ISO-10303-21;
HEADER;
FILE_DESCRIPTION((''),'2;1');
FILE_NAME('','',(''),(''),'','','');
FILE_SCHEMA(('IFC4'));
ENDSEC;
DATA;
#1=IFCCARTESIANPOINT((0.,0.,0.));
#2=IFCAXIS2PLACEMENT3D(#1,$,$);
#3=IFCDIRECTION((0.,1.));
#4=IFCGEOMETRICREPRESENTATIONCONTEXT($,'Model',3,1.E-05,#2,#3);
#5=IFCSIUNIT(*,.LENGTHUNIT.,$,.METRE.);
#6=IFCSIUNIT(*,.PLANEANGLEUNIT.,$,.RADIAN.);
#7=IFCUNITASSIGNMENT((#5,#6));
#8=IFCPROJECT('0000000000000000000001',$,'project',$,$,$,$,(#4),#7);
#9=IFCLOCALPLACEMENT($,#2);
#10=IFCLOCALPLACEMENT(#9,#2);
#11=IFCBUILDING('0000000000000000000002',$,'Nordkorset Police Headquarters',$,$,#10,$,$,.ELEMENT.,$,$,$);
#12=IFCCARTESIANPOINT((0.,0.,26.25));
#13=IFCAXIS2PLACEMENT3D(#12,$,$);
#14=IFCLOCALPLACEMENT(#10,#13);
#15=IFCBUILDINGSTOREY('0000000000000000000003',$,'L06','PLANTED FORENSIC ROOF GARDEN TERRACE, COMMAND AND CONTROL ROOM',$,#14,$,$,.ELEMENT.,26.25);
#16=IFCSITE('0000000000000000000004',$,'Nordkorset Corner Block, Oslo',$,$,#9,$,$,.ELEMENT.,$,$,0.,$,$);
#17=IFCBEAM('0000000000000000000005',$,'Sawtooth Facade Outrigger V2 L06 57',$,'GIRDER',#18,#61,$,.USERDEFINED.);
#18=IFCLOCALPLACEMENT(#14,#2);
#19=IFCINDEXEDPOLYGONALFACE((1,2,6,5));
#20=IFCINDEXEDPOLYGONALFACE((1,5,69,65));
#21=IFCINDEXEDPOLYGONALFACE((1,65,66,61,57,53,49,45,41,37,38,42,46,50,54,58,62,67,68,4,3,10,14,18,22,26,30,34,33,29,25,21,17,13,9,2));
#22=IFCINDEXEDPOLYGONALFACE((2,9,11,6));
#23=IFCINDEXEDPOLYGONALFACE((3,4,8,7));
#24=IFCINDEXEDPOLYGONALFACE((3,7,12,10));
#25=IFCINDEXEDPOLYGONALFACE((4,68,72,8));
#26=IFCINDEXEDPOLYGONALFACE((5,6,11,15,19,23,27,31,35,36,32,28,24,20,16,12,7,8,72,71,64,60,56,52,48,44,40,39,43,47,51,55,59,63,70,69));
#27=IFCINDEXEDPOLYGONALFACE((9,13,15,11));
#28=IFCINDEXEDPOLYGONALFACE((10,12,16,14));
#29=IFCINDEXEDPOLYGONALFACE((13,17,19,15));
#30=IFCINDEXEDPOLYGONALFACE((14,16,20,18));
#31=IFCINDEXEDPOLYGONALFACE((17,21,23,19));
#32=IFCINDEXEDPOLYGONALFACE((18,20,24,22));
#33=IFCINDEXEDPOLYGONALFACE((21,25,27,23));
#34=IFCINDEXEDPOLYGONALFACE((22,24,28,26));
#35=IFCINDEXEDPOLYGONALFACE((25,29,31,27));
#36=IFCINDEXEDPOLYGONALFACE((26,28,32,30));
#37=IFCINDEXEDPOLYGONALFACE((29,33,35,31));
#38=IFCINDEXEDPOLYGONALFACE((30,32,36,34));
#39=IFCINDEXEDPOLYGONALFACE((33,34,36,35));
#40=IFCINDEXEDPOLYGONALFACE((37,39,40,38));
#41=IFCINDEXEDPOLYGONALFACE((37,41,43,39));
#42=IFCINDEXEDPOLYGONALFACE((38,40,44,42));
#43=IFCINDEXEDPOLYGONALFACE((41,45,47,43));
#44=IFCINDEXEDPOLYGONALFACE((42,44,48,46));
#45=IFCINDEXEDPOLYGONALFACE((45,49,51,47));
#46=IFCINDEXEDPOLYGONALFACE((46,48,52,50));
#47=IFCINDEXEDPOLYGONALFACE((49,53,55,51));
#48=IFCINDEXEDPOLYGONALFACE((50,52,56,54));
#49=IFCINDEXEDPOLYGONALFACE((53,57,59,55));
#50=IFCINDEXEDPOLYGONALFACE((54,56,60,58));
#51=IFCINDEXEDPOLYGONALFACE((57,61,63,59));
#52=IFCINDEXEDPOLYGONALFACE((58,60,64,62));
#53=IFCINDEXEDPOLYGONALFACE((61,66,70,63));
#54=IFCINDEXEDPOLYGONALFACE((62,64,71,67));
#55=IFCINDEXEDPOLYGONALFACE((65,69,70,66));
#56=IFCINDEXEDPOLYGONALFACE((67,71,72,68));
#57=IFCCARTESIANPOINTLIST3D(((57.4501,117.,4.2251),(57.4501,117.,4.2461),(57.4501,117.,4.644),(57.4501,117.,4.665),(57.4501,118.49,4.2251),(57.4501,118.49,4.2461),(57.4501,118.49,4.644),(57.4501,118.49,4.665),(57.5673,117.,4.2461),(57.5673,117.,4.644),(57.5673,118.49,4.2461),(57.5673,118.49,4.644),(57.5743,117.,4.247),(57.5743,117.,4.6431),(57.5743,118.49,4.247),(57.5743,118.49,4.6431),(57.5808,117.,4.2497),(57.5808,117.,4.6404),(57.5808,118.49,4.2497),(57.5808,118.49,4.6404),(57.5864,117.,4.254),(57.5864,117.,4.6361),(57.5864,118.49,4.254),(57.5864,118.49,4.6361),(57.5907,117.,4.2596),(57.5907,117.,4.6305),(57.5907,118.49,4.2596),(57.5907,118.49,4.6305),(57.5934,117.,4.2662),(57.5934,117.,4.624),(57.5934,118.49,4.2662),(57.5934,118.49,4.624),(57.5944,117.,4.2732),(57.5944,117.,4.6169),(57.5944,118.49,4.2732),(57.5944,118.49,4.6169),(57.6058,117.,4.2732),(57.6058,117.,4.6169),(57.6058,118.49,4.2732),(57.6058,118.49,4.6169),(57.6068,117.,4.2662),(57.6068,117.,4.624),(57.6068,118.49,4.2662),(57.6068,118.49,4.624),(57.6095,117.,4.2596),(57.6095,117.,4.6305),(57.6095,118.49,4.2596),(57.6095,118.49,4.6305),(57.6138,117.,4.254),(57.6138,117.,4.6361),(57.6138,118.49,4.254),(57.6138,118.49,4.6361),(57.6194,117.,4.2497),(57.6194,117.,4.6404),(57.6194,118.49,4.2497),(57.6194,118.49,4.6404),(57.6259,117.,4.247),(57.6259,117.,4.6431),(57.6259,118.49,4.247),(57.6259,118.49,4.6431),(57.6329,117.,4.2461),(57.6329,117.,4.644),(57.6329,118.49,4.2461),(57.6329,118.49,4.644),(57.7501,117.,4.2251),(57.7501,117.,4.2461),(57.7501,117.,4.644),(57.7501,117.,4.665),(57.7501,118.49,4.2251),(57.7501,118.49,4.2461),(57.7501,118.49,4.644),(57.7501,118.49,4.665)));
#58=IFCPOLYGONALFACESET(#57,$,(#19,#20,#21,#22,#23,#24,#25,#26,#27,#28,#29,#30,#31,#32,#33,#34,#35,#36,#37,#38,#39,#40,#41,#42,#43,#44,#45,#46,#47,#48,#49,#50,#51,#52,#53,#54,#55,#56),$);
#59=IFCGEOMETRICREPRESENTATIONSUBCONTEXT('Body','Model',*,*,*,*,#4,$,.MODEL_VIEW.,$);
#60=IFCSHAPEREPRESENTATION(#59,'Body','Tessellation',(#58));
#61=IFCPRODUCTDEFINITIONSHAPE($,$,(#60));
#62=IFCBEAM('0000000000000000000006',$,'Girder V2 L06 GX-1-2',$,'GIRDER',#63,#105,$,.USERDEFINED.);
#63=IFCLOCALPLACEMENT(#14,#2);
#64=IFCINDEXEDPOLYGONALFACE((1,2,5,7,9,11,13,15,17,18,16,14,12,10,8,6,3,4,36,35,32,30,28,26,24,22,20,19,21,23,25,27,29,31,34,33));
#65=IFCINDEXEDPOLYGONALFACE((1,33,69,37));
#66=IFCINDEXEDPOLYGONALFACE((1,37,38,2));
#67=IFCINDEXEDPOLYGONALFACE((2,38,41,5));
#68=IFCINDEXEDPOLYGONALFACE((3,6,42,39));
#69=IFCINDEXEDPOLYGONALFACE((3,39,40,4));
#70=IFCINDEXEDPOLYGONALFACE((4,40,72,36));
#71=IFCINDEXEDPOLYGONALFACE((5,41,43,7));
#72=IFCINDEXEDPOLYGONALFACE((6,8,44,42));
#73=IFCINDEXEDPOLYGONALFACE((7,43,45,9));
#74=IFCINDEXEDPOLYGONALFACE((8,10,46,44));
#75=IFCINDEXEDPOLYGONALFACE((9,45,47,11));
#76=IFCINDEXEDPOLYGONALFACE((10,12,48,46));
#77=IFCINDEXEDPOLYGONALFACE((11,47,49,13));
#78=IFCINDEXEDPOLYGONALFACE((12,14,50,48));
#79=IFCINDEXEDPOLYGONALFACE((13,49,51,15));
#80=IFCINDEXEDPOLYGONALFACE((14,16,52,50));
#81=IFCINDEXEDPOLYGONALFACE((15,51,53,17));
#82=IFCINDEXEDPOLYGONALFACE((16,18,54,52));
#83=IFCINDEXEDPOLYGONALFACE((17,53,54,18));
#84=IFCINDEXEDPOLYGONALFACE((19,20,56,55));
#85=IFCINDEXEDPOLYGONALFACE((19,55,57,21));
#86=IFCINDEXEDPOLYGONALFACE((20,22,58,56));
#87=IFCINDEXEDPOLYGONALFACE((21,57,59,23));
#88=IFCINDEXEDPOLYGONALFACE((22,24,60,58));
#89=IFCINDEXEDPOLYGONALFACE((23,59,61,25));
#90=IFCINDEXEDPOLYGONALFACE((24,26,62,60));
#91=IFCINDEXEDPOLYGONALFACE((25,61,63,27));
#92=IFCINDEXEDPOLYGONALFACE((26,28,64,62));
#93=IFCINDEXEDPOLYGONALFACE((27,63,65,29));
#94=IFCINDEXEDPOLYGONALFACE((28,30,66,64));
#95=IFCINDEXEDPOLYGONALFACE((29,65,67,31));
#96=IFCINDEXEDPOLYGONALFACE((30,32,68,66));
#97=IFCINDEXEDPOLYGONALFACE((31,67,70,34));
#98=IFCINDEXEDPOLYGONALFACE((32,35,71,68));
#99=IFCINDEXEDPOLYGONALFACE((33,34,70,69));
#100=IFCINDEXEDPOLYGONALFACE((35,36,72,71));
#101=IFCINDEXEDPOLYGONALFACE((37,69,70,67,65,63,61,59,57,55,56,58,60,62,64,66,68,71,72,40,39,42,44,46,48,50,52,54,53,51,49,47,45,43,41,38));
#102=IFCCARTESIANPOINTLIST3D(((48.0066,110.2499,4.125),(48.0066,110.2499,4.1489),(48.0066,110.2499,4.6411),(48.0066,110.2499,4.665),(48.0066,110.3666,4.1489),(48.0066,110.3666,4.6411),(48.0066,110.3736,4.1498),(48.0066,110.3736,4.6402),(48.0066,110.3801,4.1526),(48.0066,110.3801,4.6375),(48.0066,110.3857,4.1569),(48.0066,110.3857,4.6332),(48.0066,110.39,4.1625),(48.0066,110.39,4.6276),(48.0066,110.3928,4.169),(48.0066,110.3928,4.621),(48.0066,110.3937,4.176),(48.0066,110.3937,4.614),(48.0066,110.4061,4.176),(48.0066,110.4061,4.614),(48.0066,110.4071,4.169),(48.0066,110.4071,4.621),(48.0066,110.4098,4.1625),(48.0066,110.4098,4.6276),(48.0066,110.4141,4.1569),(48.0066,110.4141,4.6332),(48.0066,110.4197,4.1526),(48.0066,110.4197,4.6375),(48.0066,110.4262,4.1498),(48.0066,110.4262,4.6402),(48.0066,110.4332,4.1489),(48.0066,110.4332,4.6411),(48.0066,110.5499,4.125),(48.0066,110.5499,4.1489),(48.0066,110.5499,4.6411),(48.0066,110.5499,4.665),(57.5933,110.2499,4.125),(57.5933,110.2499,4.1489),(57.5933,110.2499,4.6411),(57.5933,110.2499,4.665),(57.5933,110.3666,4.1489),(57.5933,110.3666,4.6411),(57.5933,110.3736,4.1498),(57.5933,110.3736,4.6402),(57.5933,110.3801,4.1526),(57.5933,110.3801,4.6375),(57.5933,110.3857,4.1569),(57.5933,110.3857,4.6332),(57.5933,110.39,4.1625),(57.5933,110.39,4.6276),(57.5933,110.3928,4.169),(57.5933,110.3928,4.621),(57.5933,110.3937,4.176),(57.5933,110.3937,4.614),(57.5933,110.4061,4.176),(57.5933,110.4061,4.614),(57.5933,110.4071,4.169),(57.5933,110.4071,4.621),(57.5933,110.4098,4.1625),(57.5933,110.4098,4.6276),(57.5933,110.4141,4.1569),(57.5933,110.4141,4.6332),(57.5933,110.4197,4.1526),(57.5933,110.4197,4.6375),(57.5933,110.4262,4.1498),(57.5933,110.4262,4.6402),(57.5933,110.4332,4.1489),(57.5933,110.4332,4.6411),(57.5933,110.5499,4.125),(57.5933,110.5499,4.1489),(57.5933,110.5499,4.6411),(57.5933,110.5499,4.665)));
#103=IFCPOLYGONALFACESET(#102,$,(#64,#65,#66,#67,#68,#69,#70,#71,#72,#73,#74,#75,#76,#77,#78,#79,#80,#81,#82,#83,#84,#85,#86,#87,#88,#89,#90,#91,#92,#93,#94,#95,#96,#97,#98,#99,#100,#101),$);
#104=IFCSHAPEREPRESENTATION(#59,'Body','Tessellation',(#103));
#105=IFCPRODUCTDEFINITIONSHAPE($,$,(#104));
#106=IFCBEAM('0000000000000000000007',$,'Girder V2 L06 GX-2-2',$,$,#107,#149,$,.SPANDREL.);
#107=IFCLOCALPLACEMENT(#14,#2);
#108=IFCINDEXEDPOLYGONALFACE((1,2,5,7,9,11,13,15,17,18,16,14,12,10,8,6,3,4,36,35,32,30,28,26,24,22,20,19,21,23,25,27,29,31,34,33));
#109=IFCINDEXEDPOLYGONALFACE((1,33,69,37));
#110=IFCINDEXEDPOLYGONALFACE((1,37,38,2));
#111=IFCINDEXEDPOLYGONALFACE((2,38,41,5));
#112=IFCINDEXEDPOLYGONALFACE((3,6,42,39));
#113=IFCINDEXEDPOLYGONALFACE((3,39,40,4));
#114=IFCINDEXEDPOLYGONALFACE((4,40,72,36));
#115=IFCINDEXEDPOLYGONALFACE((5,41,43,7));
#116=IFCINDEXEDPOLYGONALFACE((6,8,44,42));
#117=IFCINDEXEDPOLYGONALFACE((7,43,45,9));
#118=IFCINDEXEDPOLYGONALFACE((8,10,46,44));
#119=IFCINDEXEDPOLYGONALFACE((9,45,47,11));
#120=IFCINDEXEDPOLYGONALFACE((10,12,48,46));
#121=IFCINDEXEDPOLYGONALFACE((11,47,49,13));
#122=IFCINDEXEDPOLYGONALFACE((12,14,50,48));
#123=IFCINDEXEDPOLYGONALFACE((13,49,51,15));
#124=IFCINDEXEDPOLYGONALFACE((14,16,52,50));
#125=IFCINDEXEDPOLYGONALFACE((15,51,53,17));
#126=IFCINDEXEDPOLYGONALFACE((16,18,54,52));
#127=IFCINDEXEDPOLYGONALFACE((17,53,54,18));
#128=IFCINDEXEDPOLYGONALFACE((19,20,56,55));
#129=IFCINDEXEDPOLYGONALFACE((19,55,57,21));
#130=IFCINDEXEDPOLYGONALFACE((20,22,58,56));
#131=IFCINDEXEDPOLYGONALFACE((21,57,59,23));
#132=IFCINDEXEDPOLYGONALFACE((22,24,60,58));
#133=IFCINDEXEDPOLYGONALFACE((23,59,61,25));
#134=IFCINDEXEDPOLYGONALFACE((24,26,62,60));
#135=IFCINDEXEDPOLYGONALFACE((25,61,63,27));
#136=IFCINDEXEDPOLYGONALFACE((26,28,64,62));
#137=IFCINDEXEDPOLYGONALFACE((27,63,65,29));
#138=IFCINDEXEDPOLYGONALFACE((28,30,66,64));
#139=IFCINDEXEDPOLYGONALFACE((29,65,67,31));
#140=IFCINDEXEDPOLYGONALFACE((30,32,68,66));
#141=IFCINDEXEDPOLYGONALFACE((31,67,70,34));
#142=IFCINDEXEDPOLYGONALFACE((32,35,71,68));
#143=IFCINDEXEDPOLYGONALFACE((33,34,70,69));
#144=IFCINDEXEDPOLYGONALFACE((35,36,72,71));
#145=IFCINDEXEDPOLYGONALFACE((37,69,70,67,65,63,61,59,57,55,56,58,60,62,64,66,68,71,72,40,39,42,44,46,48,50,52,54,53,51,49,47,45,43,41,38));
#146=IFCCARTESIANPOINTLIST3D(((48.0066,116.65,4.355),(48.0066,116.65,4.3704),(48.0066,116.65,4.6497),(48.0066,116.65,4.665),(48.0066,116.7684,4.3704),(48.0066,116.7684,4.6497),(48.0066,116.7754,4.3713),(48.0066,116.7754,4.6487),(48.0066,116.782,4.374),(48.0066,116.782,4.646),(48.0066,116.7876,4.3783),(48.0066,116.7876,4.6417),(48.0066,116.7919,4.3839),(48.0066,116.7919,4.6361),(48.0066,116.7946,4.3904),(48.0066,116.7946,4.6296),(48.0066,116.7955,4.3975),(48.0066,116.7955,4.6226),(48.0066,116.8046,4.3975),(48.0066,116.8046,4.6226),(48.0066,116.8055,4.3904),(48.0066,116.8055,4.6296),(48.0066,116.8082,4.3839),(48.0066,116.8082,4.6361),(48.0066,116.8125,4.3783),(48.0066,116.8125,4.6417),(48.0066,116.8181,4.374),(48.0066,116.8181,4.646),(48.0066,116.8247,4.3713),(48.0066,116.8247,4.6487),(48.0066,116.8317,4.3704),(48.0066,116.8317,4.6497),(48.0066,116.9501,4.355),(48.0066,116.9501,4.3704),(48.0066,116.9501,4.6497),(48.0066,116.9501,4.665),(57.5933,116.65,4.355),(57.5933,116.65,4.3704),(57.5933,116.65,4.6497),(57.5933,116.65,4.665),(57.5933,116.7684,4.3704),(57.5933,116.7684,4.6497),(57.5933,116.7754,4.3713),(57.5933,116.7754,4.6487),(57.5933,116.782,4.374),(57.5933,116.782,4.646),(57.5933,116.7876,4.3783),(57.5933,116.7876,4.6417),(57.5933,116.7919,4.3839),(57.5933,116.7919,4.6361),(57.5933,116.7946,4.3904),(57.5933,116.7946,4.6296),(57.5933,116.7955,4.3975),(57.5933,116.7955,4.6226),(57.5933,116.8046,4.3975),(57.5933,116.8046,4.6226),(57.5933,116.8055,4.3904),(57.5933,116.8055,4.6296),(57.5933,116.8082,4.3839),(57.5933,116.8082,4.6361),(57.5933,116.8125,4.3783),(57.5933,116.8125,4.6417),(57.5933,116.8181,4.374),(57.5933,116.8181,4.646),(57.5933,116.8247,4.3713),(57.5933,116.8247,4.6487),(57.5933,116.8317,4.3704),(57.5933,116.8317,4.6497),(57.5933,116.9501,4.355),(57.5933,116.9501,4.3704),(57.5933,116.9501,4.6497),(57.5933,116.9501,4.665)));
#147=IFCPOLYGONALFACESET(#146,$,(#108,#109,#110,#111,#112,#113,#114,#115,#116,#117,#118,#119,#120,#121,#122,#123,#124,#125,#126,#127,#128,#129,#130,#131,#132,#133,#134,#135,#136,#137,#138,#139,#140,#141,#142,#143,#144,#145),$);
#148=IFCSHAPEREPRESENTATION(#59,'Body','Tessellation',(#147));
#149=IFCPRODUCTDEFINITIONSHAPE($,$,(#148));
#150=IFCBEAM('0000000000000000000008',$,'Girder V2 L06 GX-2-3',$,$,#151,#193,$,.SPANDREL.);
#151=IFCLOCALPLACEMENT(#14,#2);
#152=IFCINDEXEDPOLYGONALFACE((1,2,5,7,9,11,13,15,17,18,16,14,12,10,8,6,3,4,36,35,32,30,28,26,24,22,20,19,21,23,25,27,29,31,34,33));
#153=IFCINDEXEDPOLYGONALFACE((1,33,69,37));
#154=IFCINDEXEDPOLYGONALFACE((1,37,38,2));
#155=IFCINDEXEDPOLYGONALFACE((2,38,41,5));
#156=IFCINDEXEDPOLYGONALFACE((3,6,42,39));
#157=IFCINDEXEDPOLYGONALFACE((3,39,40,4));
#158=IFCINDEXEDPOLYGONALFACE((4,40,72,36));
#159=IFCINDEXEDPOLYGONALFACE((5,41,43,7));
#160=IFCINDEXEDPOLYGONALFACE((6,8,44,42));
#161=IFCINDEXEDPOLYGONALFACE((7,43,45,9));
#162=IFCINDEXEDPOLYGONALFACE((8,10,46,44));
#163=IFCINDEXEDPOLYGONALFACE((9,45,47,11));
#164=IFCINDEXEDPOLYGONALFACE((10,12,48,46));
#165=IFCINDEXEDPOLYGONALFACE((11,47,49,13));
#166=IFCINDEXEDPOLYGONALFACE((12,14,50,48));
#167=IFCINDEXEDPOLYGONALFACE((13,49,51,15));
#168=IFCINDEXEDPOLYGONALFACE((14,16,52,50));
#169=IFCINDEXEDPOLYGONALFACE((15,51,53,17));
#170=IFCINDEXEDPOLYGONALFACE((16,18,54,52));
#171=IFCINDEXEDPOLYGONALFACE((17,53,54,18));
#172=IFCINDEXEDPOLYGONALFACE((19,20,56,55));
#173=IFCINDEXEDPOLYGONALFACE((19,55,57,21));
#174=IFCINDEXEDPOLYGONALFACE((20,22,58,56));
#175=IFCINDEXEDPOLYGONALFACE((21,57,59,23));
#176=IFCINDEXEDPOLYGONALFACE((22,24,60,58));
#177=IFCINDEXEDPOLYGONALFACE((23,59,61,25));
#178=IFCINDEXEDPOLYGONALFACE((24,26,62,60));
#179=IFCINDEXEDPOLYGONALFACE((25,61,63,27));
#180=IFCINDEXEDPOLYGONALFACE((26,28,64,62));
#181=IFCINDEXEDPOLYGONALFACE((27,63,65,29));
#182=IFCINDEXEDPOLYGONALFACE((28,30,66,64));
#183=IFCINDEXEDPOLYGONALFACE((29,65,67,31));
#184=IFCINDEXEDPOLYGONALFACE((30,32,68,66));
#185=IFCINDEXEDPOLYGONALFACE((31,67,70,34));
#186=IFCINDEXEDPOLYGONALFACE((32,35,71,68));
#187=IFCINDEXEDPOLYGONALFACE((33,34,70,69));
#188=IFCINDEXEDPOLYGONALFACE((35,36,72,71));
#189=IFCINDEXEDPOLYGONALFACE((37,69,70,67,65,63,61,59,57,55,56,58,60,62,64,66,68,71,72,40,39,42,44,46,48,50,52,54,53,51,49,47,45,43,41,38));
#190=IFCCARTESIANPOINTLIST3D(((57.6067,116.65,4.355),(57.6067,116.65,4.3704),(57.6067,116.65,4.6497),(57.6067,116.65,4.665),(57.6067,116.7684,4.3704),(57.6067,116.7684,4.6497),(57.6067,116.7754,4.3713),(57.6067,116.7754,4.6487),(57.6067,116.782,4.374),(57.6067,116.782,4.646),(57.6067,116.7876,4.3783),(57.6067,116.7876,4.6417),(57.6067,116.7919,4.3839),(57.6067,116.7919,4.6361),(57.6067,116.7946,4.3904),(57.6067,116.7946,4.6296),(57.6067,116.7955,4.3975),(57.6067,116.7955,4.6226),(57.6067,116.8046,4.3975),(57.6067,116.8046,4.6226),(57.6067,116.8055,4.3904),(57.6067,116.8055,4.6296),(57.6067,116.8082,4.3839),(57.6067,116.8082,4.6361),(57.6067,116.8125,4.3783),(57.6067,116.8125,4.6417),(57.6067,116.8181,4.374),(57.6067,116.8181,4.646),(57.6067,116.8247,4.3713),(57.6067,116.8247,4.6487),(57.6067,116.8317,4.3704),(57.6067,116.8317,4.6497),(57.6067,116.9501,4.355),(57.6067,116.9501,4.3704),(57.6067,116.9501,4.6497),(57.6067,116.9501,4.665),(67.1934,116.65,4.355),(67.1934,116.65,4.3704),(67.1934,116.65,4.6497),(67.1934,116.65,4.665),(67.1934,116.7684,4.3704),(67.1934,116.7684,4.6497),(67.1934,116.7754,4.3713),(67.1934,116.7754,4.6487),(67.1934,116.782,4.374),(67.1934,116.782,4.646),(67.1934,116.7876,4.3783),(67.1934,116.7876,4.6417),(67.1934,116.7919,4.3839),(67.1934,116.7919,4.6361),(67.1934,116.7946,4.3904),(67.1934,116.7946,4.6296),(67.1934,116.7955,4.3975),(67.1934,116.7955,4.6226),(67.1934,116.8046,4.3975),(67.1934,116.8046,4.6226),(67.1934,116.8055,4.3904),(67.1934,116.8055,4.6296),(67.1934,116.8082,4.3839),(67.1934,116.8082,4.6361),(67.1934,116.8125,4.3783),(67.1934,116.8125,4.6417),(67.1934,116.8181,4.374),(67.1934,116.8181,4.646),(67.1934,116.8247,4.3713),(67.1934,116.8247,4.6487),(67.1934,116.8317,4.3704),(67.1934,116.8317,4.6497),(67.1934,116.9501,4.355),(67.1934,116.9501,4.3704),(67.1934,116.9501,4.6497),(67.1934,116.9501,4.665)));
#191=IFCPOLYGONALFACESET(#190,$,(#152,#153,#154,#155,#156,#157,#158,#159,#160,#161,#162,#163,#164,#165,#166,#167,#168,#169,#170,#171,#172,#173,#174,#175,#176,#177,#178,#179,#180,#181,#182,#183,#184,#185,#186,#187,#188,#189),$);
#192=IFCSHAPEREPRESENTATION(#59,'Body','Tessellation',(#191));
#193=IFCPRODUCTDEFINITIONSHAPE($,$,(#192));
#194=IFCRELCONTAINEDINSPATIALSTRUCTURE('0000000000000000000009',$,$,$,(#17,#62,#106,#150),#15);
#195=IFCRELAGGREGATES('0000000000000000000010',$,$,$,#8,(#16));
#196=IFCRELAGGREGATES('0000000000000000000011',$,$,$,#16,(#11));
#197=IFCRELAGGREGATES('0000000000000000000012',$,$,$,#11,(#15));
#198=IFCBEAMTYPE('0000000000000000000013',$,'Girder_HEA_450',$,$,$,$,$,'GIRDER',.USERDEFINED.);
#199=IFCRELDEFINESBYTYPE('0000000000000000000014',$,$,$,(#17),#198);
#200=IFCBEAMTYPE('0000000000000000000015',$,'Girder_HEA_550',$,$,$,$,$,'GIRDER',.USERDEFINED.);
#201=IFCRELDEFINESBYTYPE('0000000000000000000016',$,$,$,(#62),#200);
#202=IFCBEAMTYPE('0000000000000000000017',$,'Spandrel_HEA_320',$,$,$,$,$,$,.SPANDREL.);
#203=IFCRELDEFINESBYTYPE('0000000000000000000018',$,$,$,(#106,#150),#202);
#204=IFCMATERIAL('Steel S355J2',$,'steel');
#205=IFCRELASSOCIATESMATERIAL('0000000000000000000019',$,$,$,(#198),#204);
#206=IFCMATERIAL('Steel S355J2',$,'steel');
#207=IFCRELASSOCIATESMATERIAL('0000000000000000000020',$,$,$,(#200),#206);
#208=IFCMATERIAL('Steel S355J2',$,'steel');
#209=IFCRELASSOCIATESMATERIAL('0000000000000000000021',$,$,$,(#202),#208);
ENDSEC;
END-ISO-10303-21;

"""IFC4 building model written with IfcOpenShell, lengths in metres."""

from ifc_helpers import new_model, si_unit, direction, frame, origin, origin_2d, place, context, subcontext, project, spatial, i_section, extrude, material, material_profile, profile_set, type_object, element, save


model = new_model("IFC4")

# Units and contexts
model_context = context("Model", 3, precision=1e-05, world=origin(), true_north=direction((0.0, 1.0)))
body_context = subcontext(model_context, "Body", "Model", "MODEL_VIEW")
ifc_project = project(units=[si_unit("LENGTHUNIT", "METRE"), si_unit("PLANEANGLEUNIT", "RADIAN")], contexts=[model_context])

# Site, building, storey
site_placement = place(None, origin())
site = spatial("IfcSite", under=ifc_project, at=site_placement, Name="Nordkorset Corner Block, Oslo", CompositionType="ELEMENT", RefElevation=0.0)
building_placement = place(site_placement, origin())
building = spatial("IfcBuilding", under=site, at=building_placement, Name="Nordkorset Police Headquarters", CompositionType="ELEMENT")
storey_placement = place(building_placement, frame((0.0, 0.0, 26.25)))
storey = spatial("IfcBuildingStorey", under=building, at=storey_placement, Name="L06", Description="PLANTED FORENSIC ROOF GARDEN TERRACE, COMMAND AND CONTROL ROOM", CompositionType="ELEMENT", Elevation=26.25)

# Beams
ifc_material_1 = material(Name="Steel S355J2", Category="steel")
ifc_material_profile_1 = material_profile(ifc_material_1, i_section(OverallWidth=0.3, OverallDepth=0.4399, WebThickness=0.0115, FlangeThickness=0.021, FilletRadius=0.0271, at=origin_2d()), Name="HEA 450")
ifc_profile_set_1 = profile_set([ifc_material_profile_1], Name="Steel S355J2")
beam_type_1 = type_object("IfcBeamType", Name="Girder_HEA_450", ElementType="GIRDER", PredefinedType="USERDEFINED", material=ifc_profile_set_1)
beam_1_placement = place(storey_placement, frame((57.6001, 117.0, 4.4451), z_axis=(0.0, 1.0, 0.0), x_axis=(-1.0, 0.0, 0.0)))
element("IfcBeam", 1, at=beam_1_placement, inside=storey, type_object=beam_type_1, Name="Sawtooth Facade Outrigger V2 L06 57", ObjectType="GIRDER", PredefinedType="USERDEFINED", context=body_context, shape_type="SweptSolid", body=[
    extrude(i_section(OverallWidth=0.3, OverallDepth=0.4399, WebThickness=0.0115, FlangeThickness=0.021, FilletRadius=0.0271, at=origin_2d()), origin(), (0.0, 0.0, 1.0), 1.49),
])
ifc_material_2 = material(Name="Steel S355J2", Category="steel")
ifc_material_profile_2 = material_profile(ifc_material_2, i_section(OverallWidth=0.3, OverallDepth=0.54, WebThickness=0.0125, FlangeThickness=0.0239, FilletRadius=0.0271, at=origin_2d()), Name="HEA 550")
ifc_profile_set_2 = profile_set([ifc_material_profile_2], Name="Steel S355J2")
beam_type_2 = type_object("IfcBeamType", Name="Girder_HEA_550", ElementType="GIRDER", PredefinedType="USERDEFINED", material=ifc_profile_set_2)
beam_2_placement = place(storey_placement, frame((48.0066, 110.3999, 4.395), z_axis=(1.0, 0.0, 0.0), x_axis=(0.0, 1.0, 0.0)))
element("IfcBeam", 2, at=beam_2_placement, inside=storey, type_object=beam_type_2, Name="Girder V2 L06 GX-1-2", ObjectType="GIRDER", PredefinedType="USERDEFINED", context=body_context, shape_type="SweptSolid", body=[
    extrude(i_section(OverallWidth=0.3, OverallDepth=0.54, WebThickness=0.0125, FlangeThickness=0.0239, FilletRadius=0.0271, at=origin_2d()), origin(), (0.0, 0.0, 1.0), 9.5867),
])
ifc_material_3 = material(Name="Steel S355J2", Category="steel")
ifc_material_profile_3 = material_profile(ifc_material_3, i_section(OverallWidth=0.3, OverallDepth=0.3101, WebThickness=0.009, FlangeThickness=0.0154, FilletRadius=0.0271, at=origin_2d()), Name="HEA 320")
ifc_profile_set_3 = profile_set([ifc_material_profile_3], Name="Steel S355J2")
beam_type_3 = type_object("IfcBeamType", Name="Spandrel_HEA_320", PredefinedType="SPANDREL", material=ifc_profile_set_3)
for number, where, z_axis, x_axis, name in (
    (3, (48.0066, 116.8, 4.51), (1.0, 0.0, 0.0), (0.0, 1.0, 0.0), "Girder V2 L06 GX-2-2"),
    (4, (57.6067, 116.8, 4.51), (1.0, 0.0, 0.0), (0.0, 1.0, 0.0), "Girder V2 L06 GX-2-3"),
):
    element("IfcBeam", number, at=place(storey_placement, frame(where, z_axis=z_axis, x_axis=x_axis)), inside=storey, type_object=beam_type_3, Name=name, PredefinedType="SPANDREL", context=body_context, shape_type="SweptSolid", body=[
        extrude(i_section(OverallWidth=0.3, OverallDepth=0.3101, WebThickness=0.009, FlangeThickness=0.0154, FilletRadius=0.0271, at=origin_2d()), origin(), (0.0, 0.0, 1.0), 9.5867),
    ])

save(model, "model.ifc")
